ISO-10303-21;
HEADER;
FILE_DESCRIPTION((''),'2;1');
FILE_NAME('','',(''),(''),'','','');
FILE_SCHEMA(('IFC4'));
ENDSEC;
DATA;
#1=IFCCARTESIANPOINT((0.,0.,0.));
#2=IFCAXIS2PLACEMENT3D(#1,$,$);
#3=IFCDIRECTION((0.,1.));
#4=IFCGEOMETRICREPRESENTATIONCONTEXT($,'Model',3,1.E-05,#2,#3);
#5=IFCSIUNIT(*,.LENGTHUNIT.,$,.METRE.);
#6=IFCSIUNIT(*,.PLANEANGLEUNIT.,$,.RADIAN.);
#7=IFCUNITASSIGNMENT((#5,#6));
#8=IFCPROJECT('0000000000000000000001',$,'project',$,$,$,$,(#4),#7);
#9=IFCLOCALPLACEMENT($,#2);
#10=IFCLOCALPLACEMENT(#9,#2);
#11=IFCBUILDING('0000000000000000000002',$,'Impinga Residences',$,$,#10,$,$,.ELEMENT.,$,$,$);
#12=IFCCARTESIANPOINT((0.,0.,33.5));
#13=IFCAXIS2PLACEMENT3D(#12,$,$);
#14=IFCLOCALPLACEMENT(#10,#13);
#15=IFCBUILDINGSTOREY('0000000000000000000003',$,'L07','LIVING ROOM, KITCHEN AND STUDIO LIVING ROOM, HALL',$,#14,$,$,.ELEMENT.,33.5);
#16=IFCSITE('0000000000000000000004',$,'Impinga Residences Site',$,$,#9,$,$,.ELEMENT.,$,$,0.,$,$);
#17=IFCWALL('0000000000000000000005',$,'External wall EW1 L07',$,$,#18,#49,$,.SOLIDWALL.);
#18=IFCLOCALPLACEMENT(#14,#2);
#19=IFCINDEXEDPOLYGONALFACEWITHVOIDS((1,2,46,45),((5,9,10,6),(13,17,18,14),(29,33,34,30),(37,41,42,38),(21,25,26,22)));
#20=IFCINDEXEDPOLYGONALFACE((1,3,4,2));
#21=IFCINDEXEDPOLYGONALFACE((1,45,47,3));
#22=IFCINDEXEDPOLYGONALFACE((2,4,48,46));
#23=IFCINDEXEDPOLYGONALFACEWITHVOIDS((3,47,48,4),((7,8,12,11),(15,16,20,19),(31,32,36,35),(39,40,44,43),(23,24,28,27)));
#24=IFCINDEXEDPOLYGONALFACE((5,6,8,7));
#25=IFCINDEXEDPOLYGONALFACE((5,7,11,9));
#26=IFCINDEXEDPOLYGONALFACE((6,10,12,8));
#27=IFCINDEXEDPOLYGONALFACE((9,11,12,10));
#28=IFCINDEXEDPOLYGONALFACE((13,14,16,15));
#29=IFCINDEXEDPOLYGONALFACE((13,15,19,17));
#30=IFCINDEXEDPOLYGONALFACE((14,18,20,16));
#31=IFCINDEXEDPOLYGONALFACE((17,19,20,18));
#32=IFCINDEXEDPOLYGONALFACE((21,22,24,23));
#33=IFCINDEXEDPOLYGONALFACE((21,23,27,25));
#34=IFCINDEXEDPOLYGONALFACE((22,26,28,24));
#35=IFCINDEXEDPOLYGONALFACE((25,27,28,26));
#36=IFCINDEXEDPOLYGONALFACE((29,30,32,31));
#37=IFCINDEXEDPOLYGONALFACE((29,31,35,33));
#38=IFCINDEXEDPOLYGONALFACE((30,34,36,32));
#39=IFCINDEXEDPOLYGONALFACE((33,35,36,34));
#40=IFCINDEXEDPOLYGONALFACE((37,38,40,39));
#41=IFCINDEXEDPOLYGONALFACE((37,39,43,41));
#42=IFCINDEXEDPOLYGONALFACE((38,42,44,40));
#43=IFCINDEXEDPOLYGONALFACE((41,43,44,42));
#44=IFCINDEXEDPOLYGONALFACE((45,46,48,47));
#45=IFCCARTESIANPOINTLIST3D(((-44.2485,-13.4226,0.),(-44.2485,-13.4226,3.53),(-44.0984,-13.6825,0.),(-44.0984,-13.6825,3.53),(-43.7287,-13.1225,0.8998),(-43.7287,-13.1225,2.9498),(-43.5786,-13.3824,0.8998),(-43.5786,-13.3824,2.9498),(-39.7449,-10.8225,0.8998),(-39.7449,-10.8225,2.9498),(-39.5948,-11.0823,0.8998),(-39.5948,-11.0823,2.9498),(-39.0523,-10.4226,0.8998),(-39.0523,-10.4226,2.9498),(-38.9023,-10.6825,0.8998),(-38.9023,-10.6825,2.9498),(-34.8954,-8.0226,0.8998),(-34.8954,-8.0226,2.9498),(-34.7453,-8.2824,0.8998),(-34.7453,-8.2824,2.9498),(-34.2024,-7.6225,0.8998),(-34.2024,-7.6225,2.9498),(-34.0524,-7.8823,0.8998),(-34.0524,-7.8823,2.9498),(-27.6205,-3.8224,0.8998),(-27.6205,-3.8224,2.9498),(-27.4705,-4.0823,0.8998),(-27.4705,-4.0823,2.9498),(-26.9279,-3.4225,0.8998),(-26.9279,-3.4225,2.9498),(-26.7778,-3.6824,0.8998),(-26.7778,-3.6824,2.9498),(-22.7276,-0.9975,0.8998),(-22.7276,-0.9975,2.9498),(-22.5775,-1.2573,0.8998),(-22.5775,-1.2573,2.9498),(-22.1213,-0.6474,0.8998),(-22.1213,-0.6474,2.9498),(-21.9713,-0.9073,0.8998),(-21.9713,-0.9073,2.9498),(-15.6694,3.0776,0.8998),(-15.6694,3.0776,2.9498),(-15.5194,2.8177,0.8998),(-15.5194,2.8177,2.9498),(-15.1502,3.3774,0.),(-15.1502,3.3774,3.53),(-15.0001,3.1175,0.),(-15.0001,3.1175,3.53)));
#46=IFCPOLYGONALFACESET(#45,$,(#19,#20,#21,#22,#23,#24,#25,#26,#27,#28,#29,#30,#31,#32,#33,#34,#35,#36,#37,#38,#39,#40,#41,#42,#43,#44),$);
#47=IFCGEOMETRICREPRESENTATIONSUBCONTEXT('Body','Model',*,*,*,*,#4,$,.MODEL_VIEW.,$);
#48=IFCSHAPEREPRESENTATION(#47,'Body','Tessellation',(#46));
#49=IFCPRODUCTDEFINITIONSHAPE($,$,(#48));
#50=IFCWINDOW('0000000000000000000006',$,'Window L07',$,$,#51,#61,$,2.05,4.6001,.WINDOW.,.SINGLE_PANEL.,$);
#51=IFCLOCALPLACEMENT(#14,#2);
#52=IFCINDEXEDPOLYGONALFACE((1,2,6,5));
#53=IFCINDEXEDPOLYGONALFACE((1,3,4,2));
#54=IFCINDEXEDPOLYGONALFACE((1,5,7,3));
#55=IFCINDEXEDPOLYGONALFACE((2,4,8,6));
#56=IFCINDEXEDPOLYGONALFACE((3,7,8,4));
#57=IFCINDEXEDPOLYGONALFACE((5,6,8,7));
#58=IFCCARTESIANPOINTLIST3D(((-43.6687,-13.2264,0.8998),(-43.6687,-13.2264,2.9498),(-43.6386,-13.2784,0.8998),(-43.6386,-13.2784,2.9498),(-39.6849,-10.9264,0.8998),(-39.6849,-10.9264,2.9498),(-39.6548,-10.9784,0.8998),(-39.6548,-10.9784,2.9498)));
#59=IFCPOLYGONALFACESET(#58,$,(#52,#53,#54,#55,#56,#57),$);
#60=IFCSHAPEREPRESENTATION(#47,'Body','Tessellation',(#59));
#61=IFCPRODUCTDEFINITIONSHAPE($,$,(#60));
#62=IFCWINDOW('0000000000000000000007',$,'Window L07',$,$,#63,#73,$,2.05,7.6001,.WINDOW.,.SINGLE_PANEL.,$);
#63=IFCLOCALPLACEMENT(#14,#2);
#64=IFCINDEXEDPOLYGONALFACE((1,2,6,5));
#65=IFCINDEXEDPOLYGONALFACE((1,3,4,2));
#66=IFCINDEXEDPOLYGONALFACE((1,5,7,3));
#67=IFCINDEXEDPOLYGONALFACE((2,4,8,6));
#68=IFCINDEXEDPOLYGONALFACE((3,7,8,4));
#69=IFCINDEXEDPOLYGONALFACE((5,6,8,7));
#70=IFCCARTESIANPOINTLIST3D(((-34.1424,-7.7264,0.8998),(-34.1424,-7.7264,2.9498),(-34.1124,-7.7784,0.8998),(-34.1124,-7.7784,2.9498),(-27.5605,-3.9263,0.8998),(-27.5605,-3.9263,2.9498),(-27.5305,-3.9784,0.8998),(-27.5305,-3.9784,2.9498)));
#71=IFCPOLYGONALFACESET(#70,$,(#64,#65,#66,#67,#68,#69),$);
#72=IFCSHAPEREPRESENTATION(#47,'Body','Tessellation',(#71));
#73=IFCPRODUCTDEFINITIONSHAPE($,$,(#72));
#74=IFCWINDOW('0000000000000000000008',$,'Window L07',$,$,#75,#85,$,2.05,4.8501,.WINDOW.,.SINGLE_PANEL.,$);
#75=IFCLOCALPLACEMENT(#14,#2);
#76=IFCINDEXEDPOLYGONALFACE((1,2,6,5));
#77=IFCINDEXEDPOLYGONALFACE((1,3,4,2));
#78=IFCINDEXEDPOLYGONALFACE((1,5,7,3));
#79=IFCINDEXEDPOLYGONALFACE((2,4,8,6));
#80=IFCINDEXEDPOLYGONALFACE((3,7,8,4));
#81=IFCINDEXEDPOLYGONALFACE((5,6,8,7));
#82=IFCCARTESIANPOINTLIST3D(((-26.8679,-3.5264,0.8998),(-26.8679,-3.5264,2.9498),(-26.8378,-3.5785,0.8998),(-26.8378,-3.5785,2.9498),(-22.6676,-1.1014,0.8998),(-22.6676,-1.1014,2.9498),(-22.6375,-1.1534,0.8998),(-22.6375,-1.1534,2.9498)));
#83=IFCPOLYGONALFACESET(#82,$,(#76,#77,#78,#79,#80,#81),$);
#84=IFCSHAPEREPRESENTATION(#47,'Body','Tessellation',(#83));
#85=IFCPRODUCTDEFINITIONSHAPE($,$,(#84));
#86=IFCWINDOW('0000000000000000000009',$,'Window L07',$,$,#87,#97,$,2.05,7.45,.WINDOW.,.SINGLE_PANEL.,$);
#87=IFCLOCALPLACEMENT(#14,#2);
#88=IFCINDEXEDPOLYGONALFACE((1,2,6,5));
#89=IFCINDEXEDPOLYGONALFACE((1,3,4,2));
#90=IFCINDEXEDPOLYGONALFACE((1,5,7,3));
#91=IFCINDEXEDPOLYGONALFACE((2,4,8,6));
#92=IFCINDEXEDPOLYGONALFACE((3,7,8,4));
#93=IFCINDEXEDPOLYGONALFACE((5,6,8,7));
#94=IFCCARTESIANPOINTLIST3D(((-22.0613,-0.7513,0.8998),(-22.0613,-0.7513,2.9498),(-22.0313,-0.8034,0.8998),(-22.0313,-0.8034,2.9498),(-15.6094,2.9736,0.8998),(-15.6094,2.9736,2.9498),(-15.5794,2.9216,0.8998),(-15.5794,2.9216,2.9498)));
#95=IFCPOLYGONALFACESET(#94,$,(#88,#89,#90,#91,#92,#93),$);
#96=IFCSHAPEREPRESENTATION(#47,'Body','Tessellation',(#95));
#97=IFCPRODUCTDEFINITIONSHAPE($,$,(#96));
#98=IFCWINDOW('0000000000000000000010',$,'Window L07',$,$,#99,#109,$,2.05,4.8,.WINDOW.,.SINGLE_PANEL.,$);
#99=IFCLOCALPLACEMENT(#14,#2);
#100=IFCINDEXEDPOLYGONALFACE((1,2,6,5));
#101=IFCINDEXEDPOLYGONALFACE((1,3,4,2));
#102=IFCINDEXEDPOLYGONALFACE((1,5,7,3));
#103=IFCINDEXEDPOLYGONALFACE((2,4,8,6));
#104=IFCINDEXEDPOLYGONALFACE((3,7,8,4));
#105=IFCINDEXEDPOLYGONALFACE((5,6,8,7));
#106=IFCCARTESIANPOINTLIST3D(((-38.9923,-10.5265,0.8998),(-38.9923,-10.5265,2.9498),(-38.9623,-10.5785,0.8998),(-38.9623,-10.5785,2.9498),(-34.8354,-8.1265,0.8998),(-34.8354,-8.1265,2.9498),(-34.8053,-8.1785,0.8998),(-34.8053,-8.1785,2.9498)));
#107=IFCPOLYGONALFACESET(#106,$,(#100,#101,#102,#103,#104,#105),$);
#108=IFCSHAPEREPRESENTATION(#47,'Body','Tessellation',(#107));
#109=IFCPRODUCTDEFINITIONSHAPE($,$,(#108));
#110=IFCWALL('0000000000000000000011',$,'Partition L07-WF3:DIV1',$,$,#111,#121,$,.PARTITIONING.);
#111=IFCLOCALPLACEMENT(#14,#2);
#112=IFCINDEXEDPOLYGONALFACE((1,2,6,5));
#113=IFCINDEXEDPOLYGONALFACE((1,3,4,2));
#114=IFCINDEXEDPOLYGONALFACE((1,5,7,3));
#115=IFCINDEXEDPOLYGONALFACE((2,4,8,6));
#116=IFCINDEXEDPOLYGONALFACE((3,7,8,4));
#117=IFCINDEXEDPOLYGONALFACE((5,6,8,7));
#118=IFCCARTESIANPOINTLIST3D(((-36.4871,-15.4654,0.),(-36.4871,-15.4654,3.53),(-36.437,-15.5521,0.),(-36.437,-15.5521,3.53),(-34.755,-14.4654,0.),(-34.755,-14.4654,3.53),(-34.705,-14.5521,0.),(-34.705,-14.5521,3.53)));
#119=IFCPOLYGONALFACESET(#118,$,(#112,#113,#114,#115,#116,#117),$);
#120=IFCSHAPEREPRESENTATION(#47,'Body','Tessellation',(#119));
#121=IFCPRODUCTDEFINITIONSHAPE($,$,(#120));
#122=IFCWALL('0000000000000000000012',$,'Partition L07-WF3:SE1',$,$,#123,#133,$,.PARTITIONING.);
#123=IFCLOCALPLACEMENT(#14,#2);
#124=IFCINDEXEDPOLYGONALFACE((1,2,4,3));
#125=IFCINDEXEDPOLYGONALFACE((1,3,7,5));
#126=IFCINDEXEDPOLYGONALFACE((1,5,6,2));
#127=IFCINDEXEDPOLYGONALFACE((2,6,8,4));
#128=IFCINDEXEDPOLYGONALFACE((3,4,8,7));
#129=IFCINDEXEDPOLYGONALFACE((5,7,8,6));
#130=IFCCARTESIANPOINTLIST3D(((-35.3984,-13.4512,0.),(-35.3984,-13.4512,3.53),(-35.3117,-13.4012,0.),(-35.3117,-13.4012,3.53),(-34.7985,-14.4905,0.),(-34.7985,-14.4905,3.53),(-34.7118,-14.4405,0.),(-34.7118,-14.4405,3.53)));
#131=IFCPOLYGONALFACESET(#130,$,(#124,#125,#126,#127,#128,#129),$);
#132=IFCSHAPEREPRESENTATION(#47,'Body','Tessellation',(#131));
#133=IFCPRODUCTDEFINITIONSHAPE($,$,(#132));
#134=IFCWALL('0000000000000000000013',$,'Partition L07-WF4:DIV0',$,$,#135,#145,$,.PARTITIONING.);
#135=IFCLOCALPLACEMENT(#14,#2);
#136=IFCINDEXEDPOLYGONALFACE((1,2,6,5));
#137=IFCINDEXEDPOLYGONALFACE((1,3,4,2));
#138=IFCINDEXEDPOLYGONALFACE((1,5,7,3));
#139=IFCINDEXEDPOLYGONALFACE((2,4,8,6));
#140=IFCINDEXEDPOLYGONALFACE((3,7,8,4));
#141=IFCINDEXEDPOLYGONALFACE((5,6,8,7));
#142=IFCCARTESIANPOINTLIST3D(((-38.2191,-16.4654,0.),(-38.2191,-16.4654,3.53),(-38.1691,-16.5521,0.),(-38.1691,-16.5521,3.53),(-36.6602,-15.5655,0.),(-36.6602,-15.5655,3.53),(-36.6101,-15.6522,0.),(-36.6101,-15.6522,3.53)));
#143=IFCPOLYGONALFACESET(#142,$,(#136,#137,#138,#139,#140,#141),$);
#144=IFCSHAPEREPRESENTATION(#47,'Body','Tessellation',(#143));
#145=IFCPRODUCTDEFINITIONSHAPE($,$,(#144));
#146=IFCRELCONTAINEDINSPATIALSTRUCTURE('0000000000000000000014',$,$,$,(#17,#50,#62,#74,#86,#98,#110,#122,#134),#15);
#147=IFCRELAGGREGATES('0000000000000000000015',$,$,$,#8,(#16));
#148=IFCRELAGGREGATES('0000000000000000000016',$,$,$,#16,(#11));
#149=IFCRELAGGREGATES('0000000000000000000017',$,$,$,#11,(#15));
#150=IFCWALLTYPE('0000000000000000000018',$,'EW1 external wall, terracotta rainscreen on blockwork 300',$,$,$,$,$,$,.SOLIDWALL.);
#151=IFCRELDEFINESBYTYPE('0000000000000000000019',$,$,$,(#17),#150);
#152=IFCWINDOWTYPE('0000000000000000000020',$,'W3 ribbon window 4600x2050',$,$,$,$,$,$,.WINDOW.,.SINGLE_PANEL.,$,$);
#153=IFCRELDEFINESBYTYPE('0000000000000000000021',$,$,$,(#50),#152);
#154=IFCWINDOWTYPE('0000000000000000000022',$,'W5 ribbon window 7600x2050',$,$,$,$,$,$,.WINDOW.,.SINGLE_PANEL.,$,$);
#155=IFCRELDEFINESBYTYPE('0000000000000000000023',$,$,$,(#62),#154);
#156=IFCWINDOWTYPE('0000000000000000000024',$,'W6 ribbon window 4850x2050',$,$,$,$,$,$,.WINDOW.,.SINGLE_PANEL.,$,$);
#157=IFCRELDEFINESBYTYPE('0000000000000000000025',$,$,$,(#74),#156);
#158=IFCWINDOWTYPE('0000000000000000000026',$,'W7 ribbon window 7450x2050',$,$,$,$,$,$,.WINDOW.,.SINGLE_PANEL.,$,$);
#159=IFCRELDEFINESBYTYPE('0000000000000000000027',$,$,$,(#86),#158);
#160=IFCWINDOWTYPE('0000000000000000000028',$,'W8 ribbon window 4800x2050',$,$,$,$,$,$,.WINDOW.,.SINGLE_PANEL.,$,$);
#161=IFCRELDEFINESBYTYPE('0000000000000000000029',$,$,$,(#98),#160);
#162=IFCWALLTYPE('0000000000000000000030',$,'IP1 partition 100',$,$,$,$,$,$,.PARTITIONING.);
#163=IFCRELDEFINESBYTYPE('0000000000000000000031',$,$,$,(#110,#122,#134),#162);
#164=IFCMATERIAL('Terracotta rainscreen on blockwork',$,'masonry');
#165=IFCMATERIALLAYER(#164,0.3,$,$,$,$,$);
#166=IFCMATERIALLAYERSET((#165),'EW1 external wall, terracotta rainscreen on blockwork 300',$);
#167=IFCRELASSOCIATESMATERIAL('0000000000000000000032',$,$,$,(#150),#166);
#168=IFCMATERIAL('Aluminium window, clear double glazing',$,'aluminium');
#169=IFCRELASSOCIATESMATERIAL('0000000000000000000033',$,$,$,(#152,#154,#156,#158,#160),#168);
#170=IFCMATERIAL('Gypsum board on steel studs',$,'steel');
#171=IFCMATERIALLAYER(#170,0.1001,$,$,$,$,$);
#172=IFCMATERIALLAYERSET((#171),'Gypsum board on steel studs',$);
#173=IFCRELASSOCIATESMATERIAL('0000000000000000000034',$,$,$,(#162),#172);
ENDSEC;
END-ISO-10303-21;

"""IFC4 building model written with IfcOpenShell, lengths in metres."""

from ifc_helpers import new_model, si_unit, direction, frame, frame_2d, origin, place, context, subcontext, project, spatial, rectangle, extrude, material, layer, layer_set, type_object, element, fill, save


model = new_model("IFC4")

# Units and contexts
model_context = context("Model", 3, precision=1e-05, world=origin(), true_north=direction((0.0, 1.0)))
body_context = subcontext(model_context, "Body", "Model", "MODEL_VIEW")
ifc_project = project(units=[si_unit("LENGTHUNIT", "METRE"), si_unit("PLANEANGLEUNIT", "RADIAN")], contexts=[model_context])

# Site, building, storey
site_placement = place(None, origin())
site = spatial("IfcSite", under=ifc_project, at=site_placement, Name="Impinga Residences Site", CompositionType="ELEMENT", RefElevation=0.0)
building_placement = place(site_placement, origin())
building = spatial("IfcBuilding", under=site, at=building_placement, Name="Impinga Residences", CompositionType="ELEMENT")
storey_placement = place(building_placement, frame((0.0, 0.0, 33.5)))
storey = spatial("IfcBuildingStorey", under=building, at=storey_placement, Name="L07", Description="LIVING ROOM, KITCHEN AND STUDIO LIVING ROOM, HALL", CompositionType="ELEMENT", Elevation=33.5)

# Shared definitions
ifc_material_1 = material(Name="Terracotta rainscreen on blockwork", Category="masonry")
ifc_layer_1 = layer(ifc_material_1, 0.3)
ifc_layer_set_1 = layer_set([ifc_layer_1], Name="EW1 external wall, terracotta rainscreen on blockwork 300")
wall_type_1 = type_object("IfcWallType", Name="EW1 external wall, terracotta rainscreen on blockwork 300", PredefinedType="SOLIDWALL", material=ifc_layer_set_1)

# Wall, openings, windows
wall_1_placement = place(storey_placement, frame((-44.1733, -13.5525, 0.0), z_axis=(0.0, 0.0, 1.0), x_axis=(0.866024, 0.500002, 0.0)))
wall_1 = element("IfcWall", 1, at=wall_1_placement, inside=storey, type_object=wall_type_1, Name="External wall EW1 L07", PredefinedType="SOLIDWALL", context=body_context, shape_type="SweptSolid", body=[
    extrude(rectangle(XDim=33.5999, YDim=0.3, at=frame_2d((16.7998, 0.0))), origin(), (0.0, 0.0, 1.0), 3.53),
])
opening_1_placement = place(wall_1_placement, frame((0.6001, 0.0, 0.8999)))
opening_1 = element("IfcOpeningElement", 2, at=opening_1_placement, cuts=wall_1, PredefinedType="OPENING", context=body_context, shape_type="SweptSolid", body=[
    extrude(rectangle(XDim=4.6001, YDim=2.05, at=frame_2d((2.3, 1.0249))), frame((0.0, 0.1599, 0.0), z_axis=(0.0, -1.0, 0.0), x_axis=(1.0, 0.0, 0.0)), (0.0, 0.0, 1.0), 0.3201),
])
opening_2_placement = place(wall_1_placement, frame((6.0, 0.0, 0.8999)))
opening_2 = element("IfcOpeningElement", 3, at=opening_2_placement, cuts=wall_1, PredefinedType="OPENING", context=body_context, shape_type="SweptSolid", body=[
    extrude(rectangle(XDim=4.8, YDim=2.05, at=frame_2d((2.3999, 1.0249))), frame((0.0, 0.1599, 0.0), z_axis=(0.0, -1.0, 0.0), x_axis=(1.0, 0.0, 0.0)), (0.0, 0.0, 1.0), 0.3201),
])
opening_3_placement = place(wall_1_placement, frame((11.6001, 0.0, 0.8999)))
opening_3 = element("IfcOpeningElement", 4, at=opening_3_placement, cuts=wall_1, PredefinedType="OPENING", context=body_context, shape_type="SweptSolid", body=[
    extrude(rectangle(XDim=7.6001, YDim=2.05, at=frame_2d((3.8, 1.0249))), frame((0.0, 0.1599, 0.0), z_axis=(0.0, -1.0, 0.0), x_axis=(1.0, 0.0, 0.0)), (0.0, 0.0, 1.0), 0.3201),
])
opening_4_placement = place(wall_1_placement, frame((20.0, 0.0, 0.8999)))
opening_4 = element("IfcOpeningElement", 5, at=opening_4_placement, cuts=wall_1, PredefinedType="OPENING", context=body_context, shape_type="SweptSolid", body=[
    extrude(rectangle(XDim=4.8501, YDim=2.05, at=frame_2d((2.425, 1.0249))), frame((0.0, 0.1599, 0.0), z_axis=(0.0, -1.0, 0.0), x_axis=(1.0, 0.0, 0.0)), (0.0, 0.0, 1.0), 0.3201),
])
opening_5_placement = place(wall_1_placement, frame((25.55, 0.0, 0.8999)))
opening_5 = element("IfcOpeningElement", 6, at=opening_5_placement, cuts=wall_1, PredefinedType="OPENING", context=body_context, shape_type="SweptSolid", body=[
    extrude(rectangle(XDim=7.45, YDim=2.05, at=frame_2d((3.7251, 1.0249))), frame((0.0, 0.1599, 0.0), z_axis=(0.0, -1.0, 0.0), x_axis=(1.0, 0.0, 0.0)), (0.0, 0.0, 1.0), 0.3201),
])
ifc_material_2 = material(Name="Aluminium window, clear double glazing", Category="aluminium")
window_type_1 = type_object("IfcWindowType", Name="W3 ribbon window 4600x2050", PartitioningType="SINGLE_PANEL", PredefinedType="WINDOW", material=ifc_material_2)
window_1_placement = place(opening_1_placement, origin())
window_1 = element("IfcWindow", 7, at=window_1_placement, inside=storey, type_object=window_type_1, Name="Window L07", OverallHeight=2.05, OverallWidth=4.6001, PartitioningType="SINGLE_PANEL", PredefinedType="WINDOW", context=body_context, shape_type="SweptSolid", body=[
    extrude(rectangle(XDim=4.6001, YDim=2.05, at=frame_2d((2.3, 1.0249))), frame((0.0, 0.03, 0.0), z_axis=(0.0, -1.0, 0.0), x_axis=(1.0, 0.0, 0.0)), (0.0, 0.0, 1.0), 0.0601),
])
fill(opening_1, window_1)
window_type_2 = type_object("IfcWindowType", Name="W5 ribbon window 7600x2050", PartitioningType="SINGLE_PANEL", PredefinedType="WINDOW", material=ifc_material_2)
window_2_placement = place(opening_3_placement, origin())
window_2 = element("IfcWindow", 8, at=window_2_placement, inside=storey, type_object=window_type_2, Name="Window L07", OverallHeight=2.05, OverallWidth=7.6001, PartitioningType="SINGLE_PANEL", PredefinedType="WINDOW", context=body_context, shape_type="SweptSolid", body=[
    extrude(rectangle(XDim=7.6001, YDim=2.05, at=frame_2d((3.8, 1.0249))), frame((0.0, 0.03, 0.0), z_axis=(0.0, -1.0, 0.0), x_axis=(1.0, 0.0, 0.0)), (0.0, 0.0, 1.0), 0.0601),
])
fill(opening_3, window_2)
window_type_3 = type_object("IfcWindowType", Name="W6 ribbon window 4850x2050", PartitioningType="SINGLE_PANEL", PredefinedType="WINDOW", material=ifc_material_2)
window_3_placement = place(opening_4_placement, origin())
window_3 = element("IfcWindow", 9, at=window_3_placement, inside=storey, type_object=window_type_3, Name="Window L07", OverallHeight=2.05, OverallWidth=4.8501, PartitioningType="SINGLE_PANEL", PredefinedType="WINDOW", context=body_context, shape_type="SweptSolid", body=[
    extrude(rectangle(XDim=4.8501, YDim=2.05, at=frame_2d((2.425, 1.0249))), frame((0.0, 0.03, 0.0), z_axis=(0.0, -1.0, 0.0), x_axis=(1.0, 0.0, 0.0)), (0.0, 0.0, 1.0), 0.0601),
])
fill(opening_4, window_3)
window_type_4 = type_object("IfcWindowType", Name="W7 ribbon window 7450x2050", PartitioningType="SINGLE_PANEL", PredefinedType="WINDOW", material=ifc_material_2)
window_4_placement = place(opening_5_placement, origin())
window_4 = element("IfcWindow", 10, at=window_4_placement, inside=storey, type_object=window_type_4, Name="Window L07", OverallHeight=2.05, OverallWidth=7.45, PartitioningType="SINGLE_PANEL", PredefinedType="WINDOW", context=body_context, shape_type="SweptSolid", body=[
    extrude(rectangle(XDim=7.45, YDim=2.05, at=frame_2d((3.7251, 1.0249))), frame((0.0, 0.03, 0.0), z_axis=(0.0, -1.0, 0.0), x_axis=(1.0, 0.0, 0.0)), (0.0, 0.0, 1.0), 0.0601),
])
fill(opening_5, window_4)
window_type_5 = type_object("IfcWindowType", Name="W8 ribbon window 4800x2050", PartitioningType="SINGLE_PANEL", PredefinedType="WINDOW", material=ifc_material_2)
window_5_placement = place(opening_2_placement, origin())
window_5 = element("IfcWindow", 11, at=window_5_placement, inside=storey, type_object=window_type_5, Name="Window L07", OverallHeight=2.05, OverallWidth=4.8, PartitioningType="SINGLE_PANEL", PredefinedType="WINDOW", context=body_context, shape_type="SweptSolid", body=[
    extrude(rectangle(XDim=4.8, YDim=2.05, at=frame_2d((2.3999, 1.0249))), frame((0.0, 0.03, 0.0), z_axis=(0.0, -1.0, 0.0), x_axis=(1.0, 0.0, 0.0)), (0.0, 0.0, 1.0), 0.0601),
])
fill(opening_2, window_5)

# Walls
ifc_material_3 = material(Name="Gypsum board on steel studs", Category="steel")
ifc_layer_2 = layer(ifc_material_3, 0.1001)
ifc_layer_set_2 = layer_set([ifc_layer_2], Name="Gypsum board on steel studs")
wall_type_2 = type_object("IfcWallType", Name="IP1 partition 100", PredefinedType="PARTITIONING", material=ifc_layer_set_2)
wall_2_placement = place(storey_placement, frame((-34.73, -14.5088, 0.0), z_axis=(0.0, 0.0, 1.0), x_axis=(-0.866041, -0.499973, 0.0)))
element("IfcWall", 12, at=wall_2_placement, inside=storey, type_object=wall_type_2, Name="Partition L07-WF3:DIV1", PredefinedType="PARTITIONING", context=body_context, shape_type="SweptSolid", body=[
    extrude(rectangle(XDim=2.0, YDim=0.1001, at=frame_2d((1.0, 0.0))), origin(), (0.0, 0.0, 1.0), 3.53),
])
wall_3_placement = place(storey_placement, frame((-34.7551, -14.4656, 0.0), z_axis=(0.0, 0.0, 1.0), x_axis=(-0.499881, 0.866094, 0.0)))
element("IfcWall", 13, at=wall_3_placement, inside=storey, type_object=wall_type_2, Name="Partition L07-WF3:SE1", PredefinedType="PARTITIONING", context=body_context, shape_type="SweptSolid", body=[
    extrude(rectangle(XDim=1.2, YDim=0.1001, at=frame_2d((0.6001, 0.0))), origin(), (0.0, 0.0, 1.0), 3.53),
])
wall_4_placement = place(storey_placement, frame((-36.6353, -15.6089, 0.0), z_axis=(0.0, 0.0, 1.0), x_axis=(-0.866048, -0.499961, 0.0)))
element("IfcWall", 14, at=wall_4_placement, inside=storey, type_object=wall_type_2, Name="Partition L07-WF4:DIV0", PredefinedType="PARTITIONING", context=body_context, shape_type="SweptSolid", body=[
    extrude(rectangle(XDim=1.8, YDim=0.1001, at=frame_2d((0.8999, 0.0))), origin(), (0.0, 0.0, 1.0), 3.53),
])

save(model, "model.ifc")
